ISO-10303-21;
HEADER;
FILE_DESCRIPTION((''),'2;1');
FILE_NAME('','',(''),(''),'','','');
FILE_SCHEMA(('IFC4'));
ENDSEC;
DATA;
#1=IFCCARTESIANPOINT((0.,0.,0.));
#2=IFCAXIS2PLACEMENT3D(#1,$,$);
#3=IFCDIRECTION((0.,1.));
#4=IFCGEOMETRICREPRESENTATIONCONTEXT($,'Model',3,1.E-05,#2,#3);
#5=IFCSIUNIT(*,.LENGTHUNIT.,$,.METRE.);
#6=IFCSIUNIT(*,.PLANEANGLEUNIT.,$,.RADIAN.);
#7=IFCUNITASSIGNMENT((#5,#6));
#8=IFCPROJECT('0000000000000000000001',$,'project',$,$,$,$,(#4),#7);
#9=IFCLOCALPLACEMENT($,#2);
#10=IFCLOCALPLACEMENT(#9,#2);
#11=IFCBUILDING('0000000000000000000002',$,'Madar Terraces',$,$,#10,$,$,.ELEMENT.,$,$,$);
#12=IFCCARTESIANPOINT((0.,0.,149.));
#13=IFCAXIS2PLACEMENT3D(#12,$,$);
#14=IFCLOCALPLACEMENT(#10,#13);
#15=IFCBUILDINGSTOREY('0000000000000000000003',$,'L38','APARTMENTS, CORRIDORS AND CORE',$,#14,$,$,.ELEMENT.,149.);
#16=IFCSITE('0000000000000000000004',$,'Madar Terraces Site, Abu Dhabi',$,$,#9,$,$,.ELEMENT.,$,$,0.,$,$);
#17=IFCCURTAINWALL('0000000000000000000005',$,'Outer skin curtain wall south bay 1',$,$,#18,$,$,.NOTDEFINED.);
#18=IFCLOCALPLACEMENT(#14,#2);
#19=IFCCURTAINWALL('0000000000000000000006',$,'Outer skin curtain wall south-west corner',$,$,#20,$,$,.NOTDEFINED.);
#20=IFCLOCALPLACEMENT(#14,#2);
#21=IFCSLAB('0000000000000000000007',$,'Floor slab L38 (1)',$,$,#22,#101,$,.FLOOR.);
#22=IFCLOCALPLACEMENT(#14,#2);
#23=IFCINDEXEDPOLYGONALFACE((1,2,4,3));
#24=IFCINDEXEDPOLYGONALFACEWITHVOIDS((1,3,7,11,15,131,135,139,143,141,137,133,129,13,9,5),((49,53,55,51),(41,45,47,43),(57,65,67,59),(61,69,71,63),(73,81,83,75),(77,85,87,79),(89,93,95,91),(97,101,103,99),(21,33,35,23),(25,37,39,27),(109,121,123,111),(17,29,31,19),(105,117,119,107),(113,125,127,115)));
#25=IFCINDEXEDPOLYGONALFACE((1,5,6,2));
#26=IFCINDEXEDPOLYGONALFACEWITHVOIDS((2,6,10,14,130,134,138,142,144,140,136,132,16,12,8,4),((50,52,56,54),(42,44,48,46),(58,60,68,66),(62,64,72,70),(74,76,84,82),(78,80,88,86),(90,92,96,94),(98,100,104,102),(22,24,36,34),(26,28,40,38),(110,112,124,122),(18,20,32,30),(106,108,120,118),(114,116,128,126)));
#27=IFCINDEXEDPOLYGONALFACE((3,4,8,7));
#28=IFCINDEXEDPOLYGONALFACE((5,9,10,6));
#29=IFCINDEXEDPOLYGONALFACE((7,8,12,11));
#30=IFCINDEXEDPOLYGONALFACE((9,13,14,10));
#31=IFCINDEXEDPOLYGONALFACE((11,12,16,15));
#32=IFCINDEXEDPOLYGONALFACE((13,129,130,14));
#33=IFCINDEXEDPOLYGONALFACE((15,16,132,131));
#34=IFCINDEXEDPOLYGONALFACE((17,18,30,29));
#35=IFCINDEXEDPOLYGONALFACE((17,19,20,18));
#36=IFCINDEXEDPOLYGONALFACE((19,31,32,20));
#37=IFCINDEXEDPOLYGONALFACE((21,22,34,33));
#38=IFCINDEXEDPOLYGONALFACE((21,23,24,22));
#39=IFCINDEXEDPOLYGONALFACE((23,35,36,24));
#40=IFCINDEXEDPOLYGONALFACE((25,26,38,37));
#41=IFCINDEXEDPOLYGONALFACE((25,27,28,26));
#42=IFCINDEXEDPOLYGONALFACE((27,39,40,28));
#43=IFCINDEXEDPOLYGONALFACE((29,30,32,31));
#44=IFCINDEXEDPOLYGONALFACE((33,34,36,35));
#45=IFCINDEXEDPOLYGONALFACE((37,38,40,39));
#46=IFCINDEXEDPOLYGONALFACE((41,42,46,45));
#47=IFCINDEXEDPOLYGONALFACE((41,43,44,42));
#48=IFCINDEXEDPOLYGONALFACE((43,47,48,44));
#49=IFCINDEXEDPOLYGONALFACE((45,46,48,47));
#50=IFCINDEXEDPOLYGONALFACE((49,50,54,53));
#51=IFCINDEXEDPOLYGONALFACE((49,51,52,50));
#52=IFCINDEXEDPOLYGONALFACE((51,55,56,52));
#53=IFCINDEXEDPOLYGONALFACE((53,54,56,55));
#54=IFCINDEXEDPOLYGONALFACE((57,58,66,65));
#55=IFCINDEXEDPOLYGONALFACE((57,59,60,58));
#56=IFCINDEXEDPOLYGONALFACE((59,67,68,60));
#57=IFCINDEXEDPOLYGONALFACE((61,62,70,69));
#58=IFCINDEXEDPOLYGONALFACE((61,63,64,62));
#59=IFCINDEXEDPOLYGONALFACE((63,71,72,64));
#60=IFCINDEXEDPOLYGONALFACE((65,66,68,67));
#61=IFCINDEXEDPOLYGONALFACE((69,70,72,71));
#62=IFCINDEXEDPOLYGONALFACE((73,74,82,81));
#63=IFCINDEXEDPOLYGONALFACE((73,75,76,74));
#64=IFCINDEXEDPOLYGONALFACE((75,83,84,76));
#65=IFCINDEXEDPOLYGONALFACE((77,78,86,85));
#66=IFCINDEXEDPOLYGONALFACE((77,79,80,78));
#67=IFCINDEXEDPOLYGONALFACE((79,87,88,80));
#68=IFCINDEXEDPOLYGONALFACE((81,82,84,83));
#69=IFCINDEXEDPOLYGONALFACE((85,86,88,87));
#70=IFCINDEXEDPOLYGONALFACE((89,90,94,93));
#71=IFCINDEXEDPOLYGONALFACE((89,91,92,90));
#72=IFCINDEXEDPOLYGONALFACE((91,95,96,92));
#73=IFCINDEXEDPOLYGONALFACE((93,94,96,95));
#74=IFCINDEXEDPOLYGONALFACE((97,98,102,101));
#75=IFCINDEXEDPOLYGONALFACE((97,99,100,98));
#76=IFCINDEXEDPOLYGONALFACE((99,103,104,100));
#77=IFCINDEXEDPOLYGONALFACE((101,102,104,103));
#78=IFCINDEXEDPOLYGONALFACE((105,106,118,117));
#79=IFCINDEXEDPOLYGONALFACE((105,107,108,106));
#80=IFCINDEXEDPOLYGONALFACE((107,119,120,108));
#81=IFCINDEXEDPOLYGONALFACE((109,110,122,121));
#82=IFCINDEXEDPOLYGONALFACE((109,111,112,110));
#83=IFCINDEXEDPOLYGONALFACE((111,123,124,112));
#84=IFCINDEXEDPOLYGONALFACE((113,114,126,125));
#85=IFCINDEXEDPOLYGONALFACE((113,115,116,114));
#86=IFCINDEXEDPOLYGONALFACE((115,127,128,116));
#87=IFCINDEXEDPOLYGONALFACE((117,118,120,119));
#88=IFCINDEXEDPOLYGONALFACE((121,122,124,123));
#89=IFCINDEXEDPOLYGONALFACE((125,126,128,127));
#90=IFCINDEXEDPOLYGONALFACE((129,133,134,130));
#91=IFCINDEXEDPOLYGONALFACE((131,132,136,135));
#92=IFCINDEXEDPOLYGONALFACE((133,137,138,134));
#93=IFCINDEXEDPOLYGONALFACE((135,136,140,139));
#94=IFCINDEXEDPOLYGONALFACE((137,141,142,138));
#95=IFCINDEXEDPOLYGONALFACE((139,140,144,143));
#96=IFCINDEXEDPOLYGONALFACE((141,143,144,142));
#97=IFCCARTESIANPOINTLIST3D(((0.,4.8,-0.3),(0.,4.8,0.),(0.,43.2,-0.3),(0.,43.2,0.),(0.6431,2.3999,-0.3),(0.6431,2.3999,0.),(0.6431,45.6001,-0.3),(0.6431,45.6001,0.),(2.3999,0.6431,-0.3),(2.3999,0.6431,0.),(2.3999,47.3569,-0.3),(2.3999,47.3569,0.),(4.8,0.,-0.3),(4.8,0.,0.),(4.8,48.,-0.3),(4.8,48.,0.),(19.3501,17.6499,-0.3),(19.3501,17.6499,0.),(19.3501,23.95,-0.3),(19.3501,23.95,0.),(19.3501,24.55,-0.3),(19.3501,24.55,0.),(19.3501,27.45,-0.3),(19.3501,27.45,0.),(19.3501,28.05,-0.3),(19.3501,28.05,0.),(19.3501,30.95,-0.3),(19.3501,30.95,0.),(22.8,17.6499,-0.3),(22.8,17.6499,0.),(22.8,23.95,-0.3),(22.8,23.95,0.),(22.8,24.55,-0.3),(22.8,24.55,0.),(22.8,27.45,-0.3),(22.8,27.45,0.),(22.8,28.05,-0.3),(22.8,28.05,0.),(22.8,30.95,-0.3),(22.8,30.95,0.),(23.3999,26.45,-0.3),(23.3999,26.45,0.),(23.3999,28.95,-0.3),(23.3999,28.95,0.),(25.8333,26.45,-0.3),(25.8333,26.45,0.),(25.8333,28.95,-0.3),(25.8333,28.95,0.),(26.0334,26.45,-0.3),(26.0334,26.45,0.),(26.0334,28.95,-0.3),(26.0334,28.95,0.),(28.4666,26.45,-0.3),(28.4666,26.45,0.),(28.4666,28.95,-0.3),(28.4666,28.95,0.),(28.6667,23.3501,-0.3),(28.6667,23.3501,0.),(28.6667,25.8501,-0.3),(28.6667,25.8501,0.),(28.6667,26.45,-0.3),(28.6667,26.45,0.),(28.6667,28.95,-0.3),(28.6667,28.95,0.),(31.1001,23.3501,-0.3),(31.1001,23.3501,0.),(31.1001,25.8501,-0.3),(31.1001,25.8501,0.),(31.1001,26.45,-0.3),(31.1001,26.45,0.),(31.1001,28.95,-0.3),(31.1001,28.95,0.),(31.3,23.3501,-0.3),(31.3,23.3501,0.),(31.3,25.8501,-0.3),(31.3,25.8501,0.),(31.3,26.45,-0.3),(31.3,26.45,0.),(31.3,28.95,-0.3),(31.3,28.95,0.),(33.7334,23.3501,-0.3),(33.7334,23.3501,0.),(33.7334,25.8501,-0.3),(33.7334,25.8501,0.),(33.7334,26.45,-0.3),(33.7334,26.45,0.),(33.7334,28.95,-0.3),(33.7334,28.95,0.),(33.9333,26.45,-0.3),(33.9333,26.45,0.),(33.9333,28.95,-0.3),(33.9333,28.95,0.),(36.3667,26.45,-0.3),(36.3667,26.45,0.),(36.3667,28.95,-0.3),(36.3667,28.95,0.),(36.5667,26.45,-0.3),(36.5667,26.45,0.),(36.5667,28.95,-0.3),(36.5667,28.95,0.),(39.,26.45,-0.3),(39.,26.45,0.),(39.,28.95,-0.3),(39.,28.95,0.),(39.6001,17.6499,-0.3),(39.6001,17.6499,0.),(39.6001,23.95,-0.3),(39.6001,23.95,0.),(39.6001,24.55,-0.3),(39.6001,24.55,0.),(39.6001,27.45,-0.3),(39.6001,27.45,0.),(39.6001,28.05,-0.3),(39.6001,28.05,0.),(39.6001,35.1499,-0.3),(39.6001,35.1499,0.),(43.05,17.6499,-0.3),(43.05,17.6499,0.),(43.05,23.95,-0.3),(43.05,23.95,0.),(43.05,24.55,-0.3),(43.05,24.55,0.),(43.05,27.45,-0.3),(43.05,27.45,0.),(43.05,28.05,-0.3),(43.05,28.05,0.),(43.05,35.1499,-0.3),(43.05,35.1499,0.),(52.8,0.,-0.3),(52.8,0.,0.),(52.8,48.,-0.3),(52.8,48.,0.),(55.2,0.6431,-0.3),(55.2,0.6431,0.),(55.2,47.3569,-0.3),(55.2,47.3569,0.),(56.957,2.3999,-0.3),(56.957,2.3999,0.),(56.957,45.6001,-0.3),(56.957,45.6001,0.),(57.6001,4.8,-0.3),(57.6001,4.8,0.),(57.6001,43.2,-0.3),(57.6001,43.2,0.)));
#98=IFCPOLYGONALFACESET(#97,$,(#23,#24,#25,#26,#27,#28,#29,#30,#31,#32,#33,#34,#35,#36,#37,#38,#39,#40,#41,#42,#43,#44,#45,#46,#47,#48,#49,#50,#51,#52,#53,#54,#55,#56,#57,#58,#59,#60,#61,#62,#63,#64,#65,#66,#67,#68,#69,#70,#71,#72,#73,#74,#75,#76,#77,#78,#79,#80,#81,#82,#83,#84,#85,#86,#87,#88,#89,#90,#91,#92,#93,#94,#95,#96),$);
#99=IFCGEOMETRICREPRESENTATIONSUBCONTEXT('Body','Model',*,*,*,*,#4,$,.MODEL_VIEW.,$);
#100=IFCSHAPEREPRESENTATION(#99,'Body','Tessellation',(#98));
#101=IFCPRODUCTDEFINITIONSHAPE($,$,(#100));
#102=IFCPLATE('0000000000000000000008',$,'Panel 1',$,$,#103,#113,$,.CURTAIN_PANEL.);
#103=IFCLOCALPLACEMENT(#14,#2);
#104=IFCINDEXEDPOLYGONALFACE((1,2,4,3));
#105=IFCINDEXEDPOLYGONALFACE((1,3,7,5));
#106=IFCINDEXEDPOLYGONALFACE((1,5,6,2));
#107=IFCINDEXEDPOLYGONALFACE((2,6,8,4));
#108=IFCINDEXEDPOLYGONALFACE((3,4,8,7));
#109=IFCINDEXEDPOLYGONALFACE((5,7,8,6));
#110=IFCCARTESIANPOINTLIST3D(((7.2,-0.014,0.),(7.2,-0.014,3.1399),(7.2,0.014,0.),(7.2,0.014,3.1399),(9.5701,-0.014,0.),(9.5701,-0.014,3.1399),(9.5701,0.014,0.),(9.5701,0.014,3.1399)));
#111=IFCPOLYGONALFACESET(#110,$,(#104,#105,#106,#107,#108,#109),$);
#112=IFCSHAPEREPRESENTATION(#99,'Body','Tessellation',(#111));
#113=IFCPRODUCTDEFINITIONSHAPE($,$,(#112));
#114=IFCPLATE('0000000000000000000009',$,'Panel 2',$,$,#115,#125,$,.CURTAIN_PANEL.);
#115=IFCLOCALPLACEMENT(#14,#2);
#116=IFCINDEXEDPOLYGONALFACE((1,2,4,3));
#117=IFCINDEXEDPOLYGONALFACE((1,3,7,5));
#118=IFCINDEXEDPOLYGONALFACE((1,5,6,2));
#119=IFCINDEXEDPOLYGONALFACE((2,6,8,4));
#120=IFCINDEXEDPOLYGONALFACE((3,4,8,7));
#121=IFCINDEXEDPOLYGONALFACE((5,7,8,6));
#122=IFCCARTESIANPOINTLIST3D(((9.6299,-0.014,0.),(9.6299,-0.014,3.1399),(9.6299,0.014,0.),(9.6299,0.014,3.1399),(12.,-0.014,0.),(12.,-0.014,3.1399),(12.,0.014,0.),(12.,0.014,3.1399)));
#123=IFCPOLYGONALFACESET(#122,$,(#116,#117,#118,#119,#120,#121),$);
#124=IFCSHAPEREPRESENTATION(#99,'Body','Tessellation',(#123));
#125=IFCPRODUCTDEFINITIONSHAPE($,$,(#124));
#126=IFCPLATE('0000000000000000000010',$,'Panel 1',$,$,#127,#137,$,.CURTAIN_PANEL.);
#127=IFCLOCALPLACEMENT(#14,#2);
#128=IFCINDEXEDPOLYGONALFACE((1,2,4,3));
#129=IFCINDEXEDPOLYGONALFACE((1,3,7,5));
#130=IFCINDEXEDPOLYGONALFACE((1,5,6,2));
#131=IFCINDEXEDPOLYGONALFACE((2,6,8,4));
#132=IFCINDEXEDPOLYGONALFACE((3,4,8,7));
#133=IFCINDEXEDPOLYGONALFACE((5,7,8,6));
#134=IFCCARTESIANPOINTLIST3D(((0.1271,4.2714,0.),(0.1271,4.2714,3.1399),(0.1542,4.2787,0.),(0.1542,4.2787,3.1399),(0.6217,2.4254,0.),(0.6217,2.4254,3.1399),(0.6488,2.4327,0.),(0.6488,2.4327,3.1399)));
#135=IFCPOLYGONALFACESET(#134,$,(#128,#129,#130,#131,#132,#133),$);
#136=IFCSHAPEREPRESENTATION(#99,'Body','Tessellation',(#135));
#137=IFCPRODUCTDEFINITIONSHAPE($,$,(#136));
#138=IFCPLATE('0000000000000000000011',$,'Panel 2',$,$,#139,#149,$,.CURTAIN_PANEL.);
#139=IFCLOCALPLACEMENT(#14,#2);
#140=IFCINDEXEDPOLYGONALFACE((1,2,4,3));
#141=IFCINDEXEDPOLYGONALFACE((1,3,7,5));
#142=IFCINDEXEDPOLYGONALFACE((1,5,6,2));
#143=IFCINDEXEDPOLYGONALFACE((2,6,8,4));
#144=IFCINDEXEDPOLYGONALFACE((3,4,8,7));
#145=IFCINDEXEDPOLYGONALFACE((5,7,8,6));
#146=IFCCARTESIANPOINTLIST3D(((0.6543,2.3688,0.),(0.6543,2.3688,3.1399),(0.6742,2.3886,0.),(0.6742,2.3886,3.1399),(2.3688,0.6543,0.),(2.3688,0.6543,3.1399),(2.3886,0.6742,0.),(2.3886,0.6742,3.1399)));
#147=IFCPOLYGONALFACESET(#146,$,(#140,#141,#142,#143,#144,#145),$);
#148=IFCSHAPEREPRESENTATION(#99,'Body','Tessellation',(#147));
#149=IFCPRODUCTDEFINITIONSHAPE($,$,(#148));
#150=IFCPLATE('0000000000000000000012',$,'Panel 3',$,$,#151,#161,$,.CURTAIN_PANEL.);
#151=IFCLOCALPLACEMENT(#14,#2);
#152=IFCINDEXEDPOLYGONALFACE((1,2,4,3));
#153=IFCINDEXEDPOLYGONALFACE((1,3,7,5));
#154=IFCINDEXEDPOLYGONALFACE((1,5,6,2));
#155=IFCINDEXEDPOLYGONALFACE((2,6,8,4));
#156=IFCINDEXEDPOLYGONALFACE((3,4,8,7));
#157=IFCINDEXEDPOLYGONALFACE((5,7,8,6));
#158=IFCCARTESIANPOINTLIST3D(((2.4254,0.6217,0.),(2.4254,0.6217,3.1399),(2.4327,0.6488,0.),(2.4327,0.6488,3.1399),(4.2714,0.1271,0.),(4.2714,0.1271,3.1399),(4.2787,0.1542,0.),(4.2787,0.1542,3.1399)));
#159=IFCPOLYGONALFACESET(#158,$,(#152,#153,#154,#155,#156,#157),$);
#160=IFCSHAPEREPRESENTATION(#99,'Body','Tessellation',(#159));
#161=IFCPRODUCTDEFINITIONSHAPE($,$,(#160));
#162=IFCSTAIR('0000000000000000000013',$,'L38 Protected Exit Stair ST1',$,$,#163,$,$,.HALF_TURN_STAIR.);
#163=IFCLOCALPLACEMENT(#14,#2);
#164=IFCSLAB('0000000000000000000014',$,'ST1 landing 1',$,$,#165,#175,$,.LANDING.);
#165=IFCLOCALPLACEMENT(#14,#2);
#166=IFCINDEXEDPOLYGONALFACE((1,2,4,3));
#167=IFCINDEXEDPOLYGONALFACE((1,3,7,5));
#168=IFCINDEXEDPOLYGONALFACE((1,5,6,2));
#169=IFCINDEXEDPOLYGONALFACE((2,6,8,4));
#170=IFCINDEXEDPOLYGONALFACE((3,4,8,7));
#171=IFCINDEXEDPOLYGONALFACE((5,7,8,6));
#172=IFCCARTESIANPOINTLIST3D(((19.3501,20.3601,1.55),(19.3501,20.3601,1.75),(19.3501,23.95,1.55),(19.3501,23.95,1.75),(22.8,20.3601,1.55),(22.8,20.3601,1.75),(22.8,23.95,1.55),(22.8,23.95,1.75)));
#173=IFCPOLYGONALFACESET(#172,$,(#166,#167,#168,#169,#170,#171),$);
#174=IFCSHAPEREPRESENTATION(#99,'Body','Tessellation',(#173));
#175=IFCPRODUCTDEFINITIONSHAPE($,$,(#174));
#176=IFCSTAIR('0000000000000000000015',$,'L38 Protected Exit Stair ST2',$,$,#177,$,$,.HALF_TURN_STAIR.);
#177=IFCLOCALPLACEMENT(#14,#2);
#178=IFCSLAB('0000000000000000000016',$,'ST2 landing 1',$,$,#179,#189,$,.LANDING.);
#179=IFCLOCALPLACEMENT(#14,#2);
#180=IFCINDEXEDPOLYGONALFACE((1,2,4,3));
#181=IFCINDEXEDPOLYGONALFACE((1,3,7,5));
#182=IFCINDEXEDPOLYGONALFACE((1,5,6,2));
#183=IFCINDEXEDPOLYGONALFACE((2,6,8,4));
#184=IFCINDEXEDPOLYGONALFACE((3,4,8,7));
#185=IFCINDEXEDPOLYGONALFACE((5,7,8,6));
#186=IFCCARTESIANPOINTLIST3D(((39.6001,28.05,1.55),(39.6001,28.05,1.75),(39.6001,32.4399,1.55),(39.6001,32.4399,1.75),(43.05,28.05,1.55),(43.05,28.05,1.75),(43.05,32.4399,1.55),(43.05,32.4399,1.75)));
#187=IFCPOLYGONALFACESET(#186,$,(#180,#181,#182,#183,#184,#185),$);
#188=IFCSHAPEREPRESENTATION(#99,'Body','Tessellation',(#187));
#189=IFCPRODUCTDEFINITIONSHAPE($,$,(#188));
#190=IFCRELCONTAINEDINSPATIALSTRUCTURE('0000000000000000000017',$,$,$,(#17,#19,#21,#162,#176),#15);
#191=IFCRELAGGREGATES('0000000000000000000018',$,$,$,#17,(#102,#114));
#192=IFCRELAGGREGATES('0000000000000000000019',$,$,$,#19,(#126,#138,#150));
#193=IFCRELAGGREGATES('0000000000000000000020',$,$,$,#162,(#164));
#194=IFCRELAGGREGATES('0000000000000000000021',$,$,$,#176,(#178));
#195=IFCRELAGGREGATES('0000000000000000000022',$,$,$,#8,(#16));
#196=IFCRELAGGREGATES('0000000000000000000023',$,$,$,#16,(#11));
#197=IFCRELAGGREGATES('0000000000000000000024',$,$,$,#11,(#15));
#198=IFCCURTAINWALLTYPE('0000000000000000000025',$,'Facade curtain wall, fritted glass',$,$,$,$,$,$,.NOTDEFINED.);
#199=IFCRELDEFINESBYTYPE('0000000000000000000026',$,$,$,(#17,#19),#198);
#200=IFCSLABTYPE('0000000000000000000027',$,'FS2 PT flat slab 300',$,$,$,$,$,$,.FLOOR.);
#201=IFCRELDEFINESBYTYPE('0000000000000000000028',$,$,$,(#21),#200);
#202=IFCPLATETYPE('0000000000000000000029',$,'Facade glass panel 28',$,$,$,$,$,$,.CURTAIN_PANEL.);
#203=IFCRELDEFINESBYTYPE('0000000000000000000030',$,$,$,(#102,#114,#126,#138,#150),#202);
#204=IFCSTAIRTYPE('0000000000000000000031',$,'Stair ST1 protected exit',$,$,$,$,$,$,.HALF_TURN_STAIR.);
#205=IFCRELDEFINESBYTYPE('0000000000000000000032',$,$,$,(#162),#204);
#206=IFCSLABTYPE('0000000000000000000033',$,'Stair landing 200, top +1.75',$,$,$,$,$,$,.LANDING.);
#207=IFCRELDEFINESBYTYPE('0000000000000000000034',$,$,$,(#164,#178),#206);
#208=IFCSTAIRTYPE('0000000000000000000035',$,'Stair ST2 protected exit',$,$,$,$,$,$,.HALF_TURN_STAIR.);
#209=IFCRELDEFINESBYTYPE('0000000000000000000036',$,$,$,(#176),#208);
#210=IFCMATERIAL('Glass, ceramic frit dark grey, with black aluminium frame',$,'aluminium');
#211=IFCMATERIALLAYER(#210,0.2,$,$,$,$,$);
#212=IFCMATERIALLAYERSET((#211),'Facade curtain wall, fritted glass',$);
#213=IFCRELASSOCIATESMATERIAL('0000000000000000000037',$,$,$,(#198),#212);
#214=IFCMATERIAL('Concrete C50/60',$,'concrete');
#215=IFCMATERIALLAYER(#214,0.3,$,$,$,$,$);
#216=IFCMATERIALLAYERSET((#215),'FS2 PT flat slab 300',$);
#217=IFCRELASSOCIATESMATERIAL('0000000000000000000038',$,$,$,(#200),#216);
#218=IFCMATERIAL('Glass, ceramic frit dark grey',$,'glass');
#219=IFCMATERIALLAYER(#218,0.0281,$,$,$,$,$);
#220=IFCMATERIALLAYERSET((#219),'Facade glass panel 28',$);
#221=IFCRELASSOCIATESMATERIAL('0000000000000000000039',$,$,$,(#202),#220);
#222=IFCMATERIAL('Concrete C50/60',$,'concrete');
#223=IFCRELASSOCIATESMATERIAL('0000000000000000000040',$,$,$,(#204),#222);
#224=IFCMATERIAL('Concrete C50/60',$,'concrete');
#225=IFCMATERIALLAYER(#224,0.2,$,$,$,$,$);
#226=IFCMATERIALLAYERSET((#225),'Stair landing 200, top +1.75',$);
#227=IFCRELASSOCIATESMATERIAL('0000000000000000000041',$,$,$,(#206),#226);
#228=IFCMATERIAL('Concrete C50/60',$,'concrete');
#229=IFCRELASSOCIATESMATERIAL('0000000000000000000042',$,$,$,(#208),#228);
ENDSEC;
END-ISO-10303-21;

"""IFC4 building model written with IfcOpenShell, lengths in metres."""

from ifc_helpers import new_model, si_unit, direction, frame, origin, origin_2d, place, context, subcontext, project, spatial, polyline, rectangle, outline, extrude, material, layer, layer_set, type_object, element, aggregate, save


model = new_model("IFC4")

# Units and contexts
model_context = context("Model", 3, precision=1e-05, world=origin(), true_north=direction((0.0, 1.0)))
body_context = subcontext(model_context, "Body", "Model", "MODEL_VIEW")
ifc_project = project(units=[si_unit("LENGTHUNIT", "METRE"), si_unit("PLANEANGLEUNIT", "RADIAN")], contexts=[model_context])

# Site, building, storey
site_placement = place(None, origin())
site = spatial("IfcSite", under=ifc_project, at=site_placement, Name="Madar Terraces Site, Abu Dhabi", CompositionType="ELEMENT", RefElevation=0.0)
building_placement = place(site_placement, origin())
building = spatial("IfcBuilding", under=site, at=building_placement, Name="Madar Terraces", CompositionType="ELEMENT")
storey_placement = place(building_placement, frame((0.0, 0.0, 149.0)))
storey = spatial("IfcBuildingStorey", under=building, at=storey_placement, Name="L38", Description="APARTMENTS, CORRIDORS AND CORE", CompositionType="ELEMENT", Elevation=149.0)

# Curtain wall
ifc_material_1 = material(Name="Glass, ceramic frit dark grey, with black aluminium frame", Category="aluminium")
ifc_layer_1 = layer(ifc_material_1, 0.2)
ifc_layer_set_1 = layer_set([ifc_layer_1], Name="Facade curtain wall, fritted glass")
curtain_wall_type = type_object("IfcCurtainWallType", Name="Facade curtain wall, fritted glass", PredefinedType="NOTDEFINED", material=ifc_layer_set_1)
curtain_wall_1_placement = place(storey_placement, origin())
curtain_wall_1 = element("IfcCurtainWall", 1, at=curtain_wall_1_placement, inside=storey, type_object=curtain_wall_type, Name="Outer skin curtain wall south bay 1", PredefinedType="NOTDEFINED")

# Curtain wall
curtain_wall_2_placement = place(storey_placement, origin())
curtain_wall_2 = element("IfcCurtainWall", 2, at=curtain_wall_2_placement, inside=storey, type_object=curtain_wall_type, Name="Outer skin curtain wall south-west corner", PredefinedType="NOTDEFINED")

# Slab
ifc_material_2 = material(Name="Concrete C50/60", Category="concrete")
ifc_layer_2 = layer(ifc_material_2, 0.3)
ifc_layer_set_2 = layer_set([ifc_layer_2], Name="FS2 PT flat slab 300")
slab_type_1 = type_object("IfcSlabType", Name="FS2 PT flat slab 300", PredefinedType="FLOOR", material=ifc_layer_set_2)
slab_1_placement = place(storey_placement, frame((0.0, 0.0, -0.3)))
element("IfcSlab", 3, at=slab_1_placement, inside=storey, type_object=slab_type_1, Name="Floor slab L38 (1)", PredefinedType="FLOOR", context=body_context, shape_type="SweptSolid", body=[
    extrude(outline(polyline([(52.8, 0.0), (55.2, 0.6431), (56.957, 2.3999), (57.6001, 4.8), (57.6001, 43.2), (56.957, 45.6001), (55.2, 47.3569), (52.8, 48.0), (4.8, 48.0), (2.3999, 47.3569), (0.6431, 45.6001), (0.0, 43.2), (0.0, 4.8), (0.6431, 2.3999), (2.3999, 0.6431), (4.8, 0.0), (52.8, 0.0)]), holes=[polyline([(22.8, 17.6499), (19.3501, 17.6499), (19.3501, 23.95), (22.8, 23.95), (22.8, 17.6499)]), polyline([(28.6667, 23.3501), (28.6667, 25.8501), (31.1001, 25.8501), (31.1001, 23.3501), (28.6667, 23.3501)]), polyline([(19.3501, 24.55), (19.3501, 27.45), (22.8, 27.45), (22.8, 24.55), (19.3501, 24.55)]), polyline([(23.3999, 26.45), (23.3999, 28.95), (25.8333, 28.95), (25.8333, 26.45), (23.3999, 26.45)]), polyline([(26.0334, 26.45), (26.0334, 28.95), (28.4666, 28.95), (28.4666, 26.45), (26.0334, 26.45)]), polyline([(28.6667, 26.45), (28.6667, 28.95), (31.1001, 28.95), (31.1001, 26.45), (28.6667, 26.45)]), polyline([(19.3501, 28.05), (19.3501, 30.95), (22.8, 30.95), (22.8, 28.05), (19.3501, 28.05)]), polyline([(43.05, 17.6499), (39.6001, 17.6499), (39.6001, 23.95), (43.05, 23.95), (43.05, 17.6499)]), polyline([(31.3, 23.3501), (31.3, 25.8501), (33.7334, 25.8501), (33.7334, 23.3501), (31.3, 23.3501)]), polyline([(39.6001, 24.55), (39.6001, 27.45), (43.05, 27.45), (43.05, 24.55), (39.6001, 24.55)]), polyline([(31.3, 26.45), (31.3, 28.95), (33.7334, 28.95), (33.7334, 26.45), (31.3, 26.45)]), polyline([(33.9333, 26.45), (33.9333, 28.95), (36.3667, 28.95), (36.3667, 26.45), (33.9333, 26.45)]), polyline([(36.5667, 26.45), (36.5667, 28.95), (39.0, 28.95), (39.0, 26.45), (36.5667, 26.45)]), polyline([(39.6001, 28.05), (39.6001, 35.1499), (43.05, 35.1499), (43.05, 28.05), (39.6001, 28.05)])]), origin(), (0.0, 0.0, 1.0), 0.3),
])

# Plates
ifc_material_3 = material(Name="Glass, ceramic frit dark grey", Category="glass")
ifc_layer_3 = layer(ifc_material_3, 0.0281)
ifc_layer_set_3 = layer_set([ifc_layer_3], Name="Facade glass panel 28")
plate_type = type_object("IfcPlateType", Name="Facade glass panel 28", PredefinedType="CURTAIN_PANEL", material=ifc_layer_set_3)
plate_1_placement = place(storey_placement, frame((8.385, 0.0, 0.0), z_axis=(0.0, 0.0, 1.0), x_axis=(1.0, 0.0, 0.0)))
plate_1 = element("IfcPlate", 4, at=plate_1_placement, type_object=plate_type, Name="Panel 1", PredefinedType="CURTAIN_PANEL", context=body_context, shape_type="SweptSolid", body=[
    extrude(rectangle(XDim=2.3701, YDim=0.0281, at=origin_2d()), origin(), (0.0, 0.0, 1.0), 3.1399),
])
plate_2_placement = place(storey_placement, frame((10.8149, 0.0, 0.0), z_axis=(0.0, 0.0, 1.0), x_axis=(1.0, 0.0, 0.0)))
plate_2 = element("IfcPlate", 5, at=plate_2_placement, type_object=plate_type, Name="Panel 2", PredefinedType="CURTAIN_PANEL", context=body_context, shape_type="SweptSolid", body=[
    extrude(rectangle(XDim=2.3701, YDim=0.0281, at=origin_2d()), origin(), (0.0, 0.0, 1.0), 3.1399),
])
aggregate(curtain_wall_1, [plate_1, plate_2])
plate_3_placement = place(storey_placement, frame((0.3879, 3.3521, 0.0), z_axis=(0.0, 0.0, 1.0), x_axis=(0.258819, -0.965926, 0.0)))
plate_3 = element("IfcPlate", 6, at=plate_3_placement, type_object=plate_type, Name="Panel 1", PredefinedType="CURTAIN_PANEL", context=body_context, shape_type="SweptSolid", body=[
    extrude(rectangle(XDim=1.9111, YDim=0.0281, at=origin_2d()), origin(), (0.0, 0.0, 1.0), 3.1399),
])
plate_4_placement = place(storey_placement, frame((1.5215, 1.5215, 0.0), z_axis=(0.0, 0.0, 1.0), x_axis=(0.707107, -0.707107, 0.0)))
plate_4 = element("IfcPlate", 7, at=plate_4_placement, type_object=plate_type, Name="Panel 2", PredefinedType="CURTAIN_PANEL", context=body_context, shape_type="SweptSolid", body=[
    extrude(rectangle(XDim=2.4246, YDim=0.0281, at=origin_2d()), origin(), (0.0, 0.0, 1.0), 3.1399),
])
plate_5_placement = place(storey_placement, frame((3.3521, 0.3879, 0.0), z_axis=(0.0, 0.0, 1.0), x_axis=(0.965926, -0.258819, 0.0)))
plate_5 = element("IfcPlate", 8, at=plate_5_placement, type_object=plate_type, Name="Panel 3", PredefinedType="CURTAIN_PANEL", context=body_context, shape_type="SweptSolid", body=[
    extrude(rectangle(XDim=1.9111, YDim=0.0281, at=origin_2d()), origin(), (0.0, 0.0, 1.0), 3.1399),
])
aggregate(curtain_wall_2, [plate_3, plate_4, plate_5])

# Stairs, slabs
ifc_material_4 = material(Name="Concrete C50/60", Category="concrete")
stair_type_1 = type_object("IfcStairType", Name="Stair ST1 protected exit", PredefinedType="HALF_TURN_STAIR", material=ifc_material_4)
stair_1_placement = place(storey_placement, origin())
stair_1 = element("IfcStair", 9, at=stair_1_placement, inside=storey, type_object=stair_type_1, Name="L38 Protected Exit Stair ST1", PredefinedType="HALF_TURN_STAIR")
ifc_material_5 = material(Name="Concrete C50/60", Category="concrete")
ifc_layer_4 = layer(ifc_material_5, 0.2)
ifc_layer_set_4 = layer_set([ifc_layer_4], Name="Stair landing 200, top +1.75")
slab_type_2 = type_object("IfcSlabType", Name="Stair landing 200, top +1.75", PredefinedType="LANDING", material=ifc_layer_set_4)
slab_2_placement = place(storey_placement, frame((0.0, 0.0, 1.55)))
slab_2 = element("IfcSlab", 10, at=slab_2_placement, type_object=slab_type_2, Name="ST1 landing 1", PredefinedType="LANDING", context=body_context, shape_type="SweptSolid", body=[
    extrude(outline(polyline([(19.3501, 20.3601), (22.8, 20.3601), (22.8, 23.95), (19.3501, 23.95), (19.3501, 20.3601)])), origin(), (0.0, 0.0, 1.0), 0.2),
])
aggregate(stair_1, [slab_2])
ifc_material_6 = material(Name="Concrete C50/60", Category="concrete")
stair_type_2 = type_object("IfcStairType", Name="Stair ST2 protected exit", PredefinedType="HALF_TURN_STAIR", material=ifc_material_6)
stair_2_placement = place(storey_placement, origin())
stair_2 = element("IfcStair", 11, at=stair_2_placement, inside=storey, type_object=stair_type_2, Name="L38 Protected Exit Stair ST2", PredefinedType="HALF_TURN_STAIR")
slab_3_placement = place(storey_placement, frame((0.0, 0.0, 1.55)))
slab_3 = element("IfcSlab", 12, at=slab_3_placement, type_object=slab_type_2, Name="ST2 landing 1", PredefinedType="LANDING", context=body_context, shape_type="SweptSolid", body=[
    extrude(outline(polyline([(39.6001, 28.05), (43.05, 28.05), (43.05, 32.4399), (39.6001, 32.4399), (39.6001, 28.05)])), origin(), (0.0, 0.0, 1.0), 0.2),
])
aggregate(stair_2, [slab_3])

save(model, "model.ifc")
